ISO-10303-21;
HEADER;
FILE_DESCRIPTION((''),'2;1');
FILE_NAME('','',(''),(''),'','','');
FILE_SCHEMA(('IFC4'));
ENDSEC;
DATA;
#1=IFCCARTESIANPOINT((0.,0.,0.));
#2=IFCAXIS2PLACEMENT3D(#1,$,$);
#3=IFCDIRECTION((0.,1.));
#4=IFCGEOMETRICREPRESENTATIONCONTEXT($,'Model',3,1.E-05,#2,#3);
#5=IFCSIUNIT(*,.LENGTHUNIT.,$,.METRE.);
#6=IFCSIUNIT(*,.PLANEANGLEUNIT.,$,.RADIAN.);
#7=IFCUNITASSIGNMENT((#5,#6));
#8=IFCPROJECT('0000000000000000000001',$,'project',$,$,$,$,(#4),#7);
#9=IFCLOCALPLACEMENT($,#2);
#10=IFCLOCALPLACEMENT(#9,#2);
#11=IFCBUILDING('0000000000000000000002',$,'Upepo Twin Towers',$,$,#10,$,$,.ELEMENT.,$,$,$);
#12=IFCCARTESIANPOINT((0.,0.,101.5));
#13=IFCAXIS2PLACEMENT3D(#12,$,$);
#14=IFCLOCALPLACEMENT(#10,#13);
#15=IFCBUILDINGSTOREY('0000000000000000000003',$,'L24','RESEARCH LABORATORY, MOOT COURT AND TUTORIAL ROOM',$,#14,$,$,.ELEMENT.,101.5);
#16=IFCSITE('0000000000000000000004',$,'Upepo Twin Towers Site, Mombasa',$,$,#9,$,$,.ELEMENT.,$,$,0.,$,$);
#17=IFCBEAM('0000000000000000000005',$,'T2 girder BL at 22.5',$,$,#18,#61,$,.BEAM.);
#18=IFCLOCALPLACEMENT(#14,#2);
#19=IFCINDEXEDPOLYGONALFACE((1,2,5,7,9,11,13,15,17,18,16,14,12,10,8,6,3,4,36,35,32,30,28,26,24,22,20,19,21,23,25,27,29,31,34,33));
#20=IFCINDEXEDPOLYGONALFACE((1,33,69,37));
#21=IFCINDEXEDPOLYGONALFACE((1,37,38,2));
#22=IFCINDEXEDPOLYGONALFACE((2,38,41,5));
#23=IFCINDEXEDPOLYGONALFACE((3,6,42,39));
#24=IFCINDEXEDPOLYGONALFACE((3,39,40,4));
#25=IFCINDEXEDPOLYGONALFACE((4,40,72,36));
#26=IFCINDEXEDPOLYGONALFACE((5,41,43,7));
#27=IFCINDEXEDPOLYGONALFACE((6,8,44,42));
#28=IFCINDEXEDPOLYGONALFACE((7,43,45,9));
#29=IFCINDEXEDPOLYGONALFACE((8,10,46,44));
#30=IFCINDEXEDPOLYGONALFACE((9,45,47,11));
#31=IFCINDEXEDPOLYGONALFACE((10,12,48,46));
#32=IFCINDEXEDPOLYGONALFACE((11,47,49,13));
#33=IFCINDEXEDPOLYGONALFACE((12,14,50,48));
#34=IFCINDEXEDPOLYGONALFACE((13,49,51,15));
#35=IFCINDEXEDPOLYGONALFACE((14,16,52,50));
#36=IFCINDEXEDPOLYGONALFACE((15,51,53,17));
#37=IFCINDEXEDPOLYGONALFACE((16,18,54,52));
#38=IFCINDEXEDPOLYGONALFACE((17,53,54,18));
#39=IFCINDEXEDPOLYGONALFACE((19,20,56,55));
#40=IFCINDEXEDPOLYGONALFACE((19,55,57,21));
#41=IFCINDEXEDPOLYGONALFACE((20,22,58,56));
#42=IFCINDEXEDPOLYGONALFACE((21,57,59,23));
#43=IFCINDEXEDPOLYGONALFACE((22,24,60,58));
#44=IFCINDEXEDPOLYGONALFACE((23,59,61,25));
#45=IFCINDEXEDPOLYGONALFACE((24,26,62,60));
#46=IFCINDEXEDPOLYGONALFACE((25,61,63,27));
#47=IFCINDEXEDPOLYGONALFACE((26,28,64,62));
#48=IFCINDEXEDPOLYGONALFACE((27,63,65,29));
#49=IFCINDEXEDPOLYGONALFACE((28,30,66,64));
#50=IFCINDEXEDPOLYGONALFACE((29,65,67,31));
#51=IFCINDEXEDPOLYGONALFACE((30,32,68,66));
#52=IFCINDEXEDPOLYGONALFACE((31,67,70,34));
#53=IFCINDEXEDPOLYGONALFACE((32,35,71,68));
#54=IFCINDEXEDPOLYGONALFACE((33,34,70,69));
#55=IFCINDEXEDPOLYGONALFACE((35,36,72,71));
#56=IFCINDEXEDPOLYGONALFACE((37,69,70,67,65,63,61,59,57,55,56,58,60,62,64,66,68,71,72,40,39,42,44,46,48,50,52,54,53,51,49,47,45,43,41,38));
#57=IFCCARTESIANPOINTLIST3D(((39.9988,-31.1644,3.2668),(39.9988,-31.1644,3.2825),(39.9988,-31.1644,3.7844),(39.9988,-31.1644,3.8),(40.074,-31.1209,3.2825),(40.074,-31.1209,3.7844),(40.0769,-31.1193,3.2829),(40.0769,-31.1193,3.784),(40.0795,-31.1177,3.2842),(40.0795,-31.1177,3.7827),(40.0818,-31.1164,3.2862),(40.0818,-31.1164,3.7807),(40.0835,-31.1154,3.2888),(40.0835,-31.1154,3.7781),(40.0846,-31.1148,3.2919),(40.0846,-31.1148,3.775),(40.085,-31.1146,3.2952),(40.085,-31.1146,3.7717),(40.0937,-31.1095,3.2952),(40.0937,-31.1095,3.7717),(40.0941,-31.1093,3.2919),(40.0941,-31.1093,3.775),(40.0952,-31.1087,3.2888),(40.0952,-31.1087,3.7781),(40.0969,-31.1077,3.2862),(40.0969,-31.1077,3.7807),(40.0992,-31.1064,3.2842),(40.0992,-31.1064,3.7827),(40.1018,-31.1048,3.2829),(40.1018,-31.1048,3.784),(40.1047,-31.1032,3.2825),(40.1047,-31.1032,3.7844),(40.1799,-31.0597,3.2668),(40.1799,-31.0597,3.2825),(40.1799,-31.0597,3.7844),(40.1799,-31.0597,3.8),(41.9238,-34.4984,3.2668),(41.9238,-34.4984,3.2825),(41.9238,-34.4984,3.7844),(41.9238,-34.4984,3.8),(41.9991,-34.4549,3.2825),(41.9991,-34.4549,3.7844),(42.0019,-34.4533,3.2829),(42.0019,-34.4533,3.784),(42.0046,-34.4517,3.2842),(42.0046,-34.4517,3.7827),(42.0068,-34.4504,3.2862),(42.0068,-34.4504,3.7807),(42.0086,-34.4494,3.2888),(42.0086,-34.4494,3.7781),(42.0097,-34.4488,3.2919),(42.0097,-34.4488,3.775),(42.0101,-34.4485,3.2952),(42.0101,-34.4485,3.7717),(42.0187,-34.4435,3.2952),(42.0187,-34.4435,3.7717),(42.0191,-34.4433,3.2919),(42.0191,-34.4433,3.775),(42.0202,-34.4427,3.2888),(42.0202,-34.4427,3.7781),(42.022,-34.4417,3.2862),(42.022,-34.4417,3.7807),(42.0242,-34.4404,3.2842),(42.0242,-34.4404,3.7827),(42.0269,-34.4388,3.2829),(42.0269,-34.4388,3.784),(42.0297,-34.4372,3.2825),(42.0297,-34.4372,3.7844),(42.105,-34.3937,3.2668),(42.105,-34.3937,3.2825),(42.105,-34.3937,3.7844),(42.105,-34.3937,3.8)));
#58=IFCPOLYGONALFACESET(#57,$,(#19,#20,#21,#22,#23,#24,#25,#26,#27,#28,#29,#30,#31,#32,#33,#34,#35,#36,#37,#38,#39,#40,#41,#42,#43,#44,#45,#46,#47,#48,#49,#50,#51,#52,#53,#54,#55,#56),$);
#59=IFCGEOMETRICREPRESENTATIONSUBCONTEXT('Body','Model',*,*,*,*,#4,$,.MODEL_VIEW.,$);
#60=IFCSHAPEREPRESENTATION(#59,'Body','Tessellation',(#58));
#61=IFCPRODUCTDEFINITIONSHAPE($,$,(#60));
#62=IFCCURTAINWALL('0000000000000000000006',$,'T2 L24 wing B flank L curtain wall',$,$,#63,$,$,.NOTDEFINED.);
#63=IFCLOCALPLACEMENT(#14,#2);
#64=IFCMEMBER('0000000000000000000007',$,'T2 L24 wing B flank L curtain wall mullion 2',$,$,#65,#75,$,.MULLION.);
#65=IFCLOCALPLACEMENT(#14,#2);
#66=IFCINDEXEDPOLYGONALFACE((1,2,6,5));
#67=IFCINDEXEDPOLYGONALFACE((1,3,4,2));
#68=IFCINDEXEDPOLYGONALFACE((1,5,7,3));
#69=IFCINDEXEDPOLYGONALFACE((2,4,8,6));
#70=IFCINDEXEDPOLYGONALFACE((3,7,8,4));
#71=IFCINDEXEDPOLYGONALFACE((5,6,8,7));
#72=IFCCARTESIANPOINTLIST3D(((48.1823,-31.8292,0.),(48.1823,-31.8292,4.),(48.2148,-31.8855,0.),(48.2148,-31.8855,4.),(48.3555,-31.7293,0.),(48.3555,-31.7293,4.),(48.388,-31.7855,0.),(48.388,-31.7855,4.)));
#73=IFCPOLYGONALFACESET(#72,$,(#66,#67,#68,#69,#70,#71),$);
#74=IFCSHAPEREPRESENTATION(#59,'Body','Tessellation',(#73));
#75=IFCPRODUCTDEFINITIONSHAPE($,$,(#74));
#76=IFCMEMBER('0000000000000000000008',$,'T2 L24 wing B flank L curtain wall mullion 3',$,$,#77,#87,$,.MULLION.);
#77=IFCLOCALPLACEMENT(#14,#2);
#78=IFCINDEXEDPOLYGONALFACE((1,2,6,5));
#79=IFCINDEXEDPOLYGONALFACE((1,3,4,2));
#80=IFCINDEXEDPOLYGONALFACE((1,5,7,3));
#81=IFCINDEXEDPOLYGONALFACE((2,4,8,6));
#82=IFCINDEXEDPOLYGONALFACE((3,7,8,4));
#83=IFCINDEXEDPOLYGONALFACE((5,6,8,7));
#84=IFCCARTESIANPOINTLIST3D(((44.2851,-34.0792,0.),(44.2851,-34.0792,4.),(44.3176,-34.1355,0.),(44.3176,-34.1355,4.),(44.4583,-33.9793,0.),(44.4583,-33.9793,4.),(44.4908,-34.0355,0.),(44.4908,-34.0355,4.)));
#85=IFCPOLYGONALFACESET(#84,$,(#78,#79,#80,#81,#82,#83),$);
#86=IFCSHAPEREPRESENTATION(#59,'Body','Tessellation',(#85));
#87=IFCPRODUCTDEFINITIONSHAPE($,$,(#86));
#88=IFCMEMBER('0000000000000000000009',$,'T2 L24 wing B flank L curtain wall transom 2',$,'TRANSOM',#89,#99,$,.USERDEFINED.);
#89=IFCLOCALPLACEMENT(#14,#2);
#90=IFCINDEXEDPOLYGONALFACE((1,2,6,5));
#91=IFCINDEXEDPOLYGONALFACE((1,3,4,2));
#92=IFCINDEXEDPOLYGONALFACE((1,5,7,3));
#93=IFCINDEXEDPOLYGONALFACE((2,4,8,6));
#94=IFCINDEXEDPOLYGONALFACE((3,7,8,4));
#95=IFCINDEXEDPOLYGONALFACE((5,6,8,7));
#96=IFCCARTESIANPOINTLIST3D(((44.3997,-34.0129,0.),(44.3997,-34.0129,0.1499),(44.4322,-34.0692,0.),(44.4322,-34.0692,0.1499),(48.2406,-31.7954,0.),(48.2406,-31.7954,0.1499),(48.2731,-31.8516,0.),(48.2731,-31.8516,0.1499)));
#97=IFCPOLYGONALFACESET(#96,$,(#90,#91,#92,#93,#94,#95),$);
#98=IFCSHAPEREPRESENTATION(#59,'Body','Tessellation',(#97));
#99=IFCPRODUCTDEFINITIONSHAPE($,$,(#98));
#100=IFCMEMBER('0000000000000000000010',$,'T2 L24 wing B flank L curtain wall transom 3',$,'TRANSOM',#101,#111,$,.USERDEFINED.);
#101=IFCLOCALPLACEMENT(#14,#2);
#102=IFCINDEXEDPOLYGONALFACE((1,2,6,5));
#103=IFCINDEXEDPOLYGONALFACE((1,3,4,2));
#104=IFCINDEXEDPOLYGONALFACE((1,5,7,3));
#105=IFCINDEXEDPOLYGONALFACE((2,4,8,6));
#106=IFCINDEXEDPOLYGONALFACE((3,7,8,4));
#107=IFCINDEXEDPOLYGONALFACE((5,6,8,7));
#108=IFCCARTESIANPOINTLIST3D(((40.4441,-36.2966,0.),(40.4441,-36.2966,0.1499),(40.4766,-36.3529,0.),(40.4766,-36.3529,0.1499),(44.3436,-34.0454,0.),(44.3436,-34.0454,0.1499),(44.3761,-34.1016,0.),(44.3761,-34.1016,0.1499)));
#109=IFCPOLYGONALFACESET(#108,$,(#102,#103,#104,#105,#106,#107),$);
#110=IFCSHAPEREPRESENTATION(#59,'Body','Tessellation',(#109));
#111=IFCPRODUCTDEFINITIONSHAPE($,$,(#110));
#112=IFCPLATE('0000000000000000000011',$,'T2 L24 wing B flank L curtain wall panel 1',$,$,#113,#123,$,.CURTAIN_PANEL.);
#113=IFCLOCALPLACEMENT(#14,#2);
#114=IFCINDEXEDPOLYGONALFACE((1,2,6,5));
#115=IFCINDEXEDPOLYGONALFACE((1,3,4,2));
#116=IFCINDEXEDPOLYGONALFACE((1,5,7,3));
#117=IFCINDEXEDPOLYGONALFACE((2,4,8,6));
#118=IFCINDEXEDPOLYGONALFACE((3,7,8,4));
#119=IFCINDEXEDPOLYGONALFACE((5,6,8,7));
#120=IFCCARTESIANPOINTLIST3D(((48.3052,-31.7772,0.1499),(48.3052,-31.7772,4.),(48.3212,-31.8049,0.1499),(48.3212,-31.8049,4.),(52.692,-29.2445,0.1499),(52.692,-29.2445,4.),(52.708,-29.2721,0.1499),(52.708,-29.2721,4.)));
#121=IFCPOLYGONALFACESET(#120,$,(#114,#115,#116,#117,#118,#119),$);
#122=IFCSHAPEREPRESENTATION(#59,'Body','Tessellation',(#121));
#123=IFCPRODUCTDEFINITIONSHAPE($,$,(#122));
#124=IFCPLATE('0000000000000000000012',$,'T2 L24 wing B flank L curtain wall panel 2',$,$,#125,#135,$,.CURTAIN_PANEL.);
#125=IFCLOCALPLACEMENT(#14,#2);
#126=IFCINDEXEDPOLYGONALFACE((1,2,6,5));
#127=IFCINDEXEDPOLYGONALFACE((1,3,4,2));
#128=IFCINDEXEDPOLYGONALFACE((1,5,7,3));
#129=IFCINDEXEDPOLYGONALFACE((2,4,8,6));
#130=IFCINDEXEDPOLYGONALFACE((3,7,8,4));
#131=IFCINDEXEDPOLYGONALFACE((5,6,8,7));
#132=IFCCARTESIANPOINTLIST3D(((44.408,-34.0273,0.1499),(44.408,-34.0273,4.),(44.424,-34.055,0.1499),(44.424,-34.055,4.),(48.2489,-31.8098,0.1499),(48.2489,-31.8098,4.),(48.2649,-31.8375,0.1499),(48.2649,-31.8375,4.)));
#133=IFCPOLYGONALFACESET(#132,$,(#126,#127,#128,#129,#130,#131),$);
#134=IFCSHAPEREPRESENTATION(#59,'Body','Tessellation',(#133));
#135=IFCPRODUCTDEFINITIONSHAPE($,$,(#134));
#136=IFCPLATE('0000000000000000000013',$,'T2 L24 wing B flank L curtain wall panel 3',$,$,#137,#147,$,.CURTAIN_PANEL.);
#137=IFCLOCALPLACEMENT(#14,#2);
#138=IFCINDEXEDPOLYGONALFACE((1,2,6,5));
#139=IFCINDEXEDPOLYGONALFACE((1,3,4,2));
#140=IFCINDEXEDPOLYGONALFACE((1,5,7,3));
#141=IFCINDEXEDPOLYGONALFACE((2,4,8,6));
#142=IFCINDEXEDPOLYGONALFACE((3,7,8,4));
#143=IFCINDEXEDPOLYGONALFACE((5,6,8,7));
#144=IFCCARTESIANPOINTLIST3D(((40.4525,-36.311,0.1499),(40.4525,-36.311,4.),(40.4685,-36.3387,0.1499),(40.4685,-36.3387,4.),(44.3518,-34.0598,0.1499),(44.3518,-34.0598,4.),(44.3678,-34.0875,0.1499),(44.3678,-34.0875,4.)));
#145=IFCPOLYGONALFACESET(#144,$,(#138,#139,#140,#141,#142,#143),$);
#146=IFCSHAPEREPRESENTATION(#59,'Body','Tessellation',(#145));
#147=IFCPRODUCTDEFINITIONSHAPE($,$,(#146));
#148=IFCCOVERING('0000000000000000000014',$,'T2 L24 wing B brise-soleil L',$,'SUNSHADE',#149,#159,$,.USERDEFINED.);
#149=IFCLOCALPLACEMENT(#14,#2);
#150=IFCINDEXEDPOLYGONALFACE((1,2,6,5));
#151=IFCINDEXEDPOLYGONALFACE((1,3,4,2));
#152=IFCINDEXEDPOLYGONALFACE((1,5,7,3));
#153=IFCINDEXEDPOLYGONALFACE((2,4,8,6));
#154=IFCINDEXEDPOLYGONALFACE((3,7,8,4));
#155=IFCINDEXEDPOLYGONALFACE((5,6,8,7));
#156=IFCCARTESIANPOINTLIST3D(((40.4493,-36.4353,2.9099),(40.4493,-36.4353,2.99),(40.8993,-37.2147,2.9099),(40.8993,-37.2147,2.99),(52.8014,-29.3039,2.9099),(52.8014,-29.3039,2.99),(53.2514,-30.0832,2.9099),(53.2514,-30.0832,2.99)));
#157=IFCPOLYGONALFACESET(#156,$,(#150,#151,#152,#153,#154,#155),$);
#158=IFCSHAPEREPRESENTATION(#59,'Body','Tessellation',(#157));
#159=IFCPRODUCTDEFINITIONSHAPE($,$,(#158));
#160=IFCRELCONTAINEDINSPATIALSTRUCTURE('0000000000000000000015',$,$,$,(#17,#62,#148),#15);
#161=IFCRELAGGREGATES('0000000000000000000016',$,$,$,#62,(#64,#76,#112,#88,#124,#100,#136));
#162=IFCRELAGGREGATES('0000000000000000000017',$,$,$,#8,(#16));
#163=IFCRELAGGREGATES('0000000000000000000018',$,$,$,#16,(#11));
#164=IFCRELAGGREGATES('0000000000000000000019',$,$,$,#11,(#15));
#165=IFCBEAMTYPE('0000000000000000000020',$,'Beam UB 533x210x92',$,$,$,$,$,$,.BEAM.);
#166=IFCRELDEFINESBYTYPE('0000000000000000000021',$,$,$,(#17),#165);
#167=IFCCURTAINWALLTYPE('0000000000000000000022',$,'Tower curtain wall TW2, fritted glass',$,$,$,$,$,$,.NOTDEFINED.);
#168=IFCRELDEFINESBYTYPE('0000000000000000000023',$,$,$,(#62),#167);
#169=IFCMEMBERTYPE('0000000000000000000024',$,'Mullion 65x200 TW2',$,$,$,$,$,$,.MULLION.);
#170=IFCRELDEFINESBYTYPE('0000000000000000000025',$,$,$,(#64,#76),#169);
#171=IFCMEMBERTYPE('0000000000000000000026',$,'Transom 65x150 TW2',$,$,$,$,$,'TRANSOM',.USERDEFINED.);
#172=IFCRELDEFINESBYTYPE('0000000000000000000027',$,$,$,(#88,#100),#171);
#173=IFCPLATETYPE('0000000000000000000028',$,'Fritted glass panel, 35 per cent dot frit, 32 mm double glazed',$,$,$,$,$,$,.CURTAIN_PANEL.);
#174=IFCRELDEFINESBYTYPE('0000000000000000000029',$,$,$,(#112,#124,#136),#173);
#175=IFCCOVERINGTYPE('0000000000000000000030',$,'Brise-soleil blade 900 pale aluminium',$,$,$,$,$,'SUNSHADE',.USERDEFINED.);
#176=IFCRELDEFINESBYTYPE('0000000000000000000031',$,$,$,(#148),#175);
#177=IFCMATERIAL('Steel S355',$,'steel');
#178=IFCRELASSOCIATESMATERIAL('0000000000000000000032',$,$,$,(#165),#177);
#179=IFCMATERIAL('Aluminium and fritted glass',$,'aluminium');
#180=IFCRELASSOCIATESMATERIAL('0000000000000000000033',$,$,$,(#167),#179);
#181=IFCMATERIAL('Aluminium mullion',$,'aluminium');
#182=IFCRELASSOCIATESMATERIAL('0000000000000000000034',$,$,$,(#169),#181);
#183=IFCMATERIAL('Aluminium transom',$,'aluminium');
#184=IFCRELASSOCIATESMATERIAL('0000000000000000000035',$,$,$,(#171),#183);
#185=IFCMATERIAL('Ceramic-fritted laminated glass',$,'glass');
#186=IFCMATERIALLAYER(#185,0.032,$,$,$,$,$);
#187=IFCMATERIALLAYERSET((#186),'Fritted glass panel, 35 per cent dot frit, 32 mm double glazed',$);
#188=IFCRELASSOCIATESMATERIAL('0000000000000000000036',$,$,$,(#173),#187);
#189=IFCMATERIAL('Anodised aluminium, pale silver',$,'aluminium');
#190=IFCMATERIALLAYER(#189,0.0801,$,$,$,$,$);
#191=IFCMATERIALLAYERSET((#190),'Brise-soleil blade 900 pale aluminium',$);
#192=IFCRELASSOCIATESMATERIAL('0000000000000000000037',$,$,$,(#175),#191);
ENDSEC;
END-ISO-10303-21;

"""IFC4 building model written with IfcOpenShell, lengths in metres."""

from ifc_helpers import new_model, si_unit, direction, frame, origin, origin_2d, place, context, subcontext, project, spatial, rectangle, i_section, extrude, material, layer, layer_set, material_profile, profile_set, type_object, element, aggregate, save


model = new_model("IFC4")

# Units and contexts
model_context = context("Model", 3, precision=1e-05, world=origin(), true_north=direction((0.0, 1.0)))
body_context = subcontext(model_context, "Body", "Model", "MODEL_VIEW")
ifc_project = project(units=[si_unit("LENGTHUNIT", "METRE"), si_unit("PLANEANGLEUNIT", "RADIAN")], contexts=[model_context])

# Site, building, storey
site_placement = place(None, origin())
site = spatial("IfcSite", under=ifc_project, at=site_placement, Name="Upepo Twin Towers Site, Mombasa", CompositionType="ELEMENT", RefElevation=0.0)
building_placement = place(site_placement, origin())
building = spatial("IfcBuilding", under=site, at=building_placement, Name="Upepo Twin Towers", CompositionType="ELEMENT")
storey_placement = place(building_placement, frame((0.0, 0.0, 101.5)))
storey = spatial("IfcBuildingStorey", under=building, at=storey_placement, Name="L24", Description="RESEARCH LABORATORY, MOOT COURT AND TUTORIAL ROOM", CompositionType="ELEMENT", Elevation=101.5)

# Beam
ifc_material_1 = material(Name="Steel S355", Category="steel")
ifc_material_profile_1 = material_profile(ifc_material_1, i_section(OverallWidth=0.2092, OverallDepth=0.5332, WebThickness=0.01, FlangeThickness=0.0156, FilletRadius=0.0127, at=origin_2d()), Name="UB 533x210x92")
ifc_profile_set_1 = profile_set([ifc_material_profile_1], Name="Steel S355")
beam_type_1 = type_object("IfcBeamType", Name="Beam UB 533x210x92", PredefinedType="BEAM", material=ifc_profile_set_1)
for number, where, z_axis, x_axis, name in (
    (1, (42.0144, -34.446, 3.5334), (-0.500034, 0.866006, 0.0), (-0.866006, -0.500034, 0.0), "T2 girder BL at 22.5"),
):
    element("IfcBeam", number, at=place(storey_placement, frame(where, z_axis=z_axis, x_axis=x_axis)), inside=storey, type_object=beam_type_1, Name=name, PredefinedType="BEAM", context=body_context, shape_type="SweptSolid", body=[
        extrude(i_section(OverallWidth=0.2092, OverallDepth=0.5332, WebThickness=0.01, FlangeThickness=0.0156, FilletRadius=0.0127, at=origin_2d()), origin(), (0.0, 0.0, 1.0), 3.8499),
    ])

# Curtain wall, members, plates
ifc_material_2 = material(Name="Aluminium and fritted glass", Category="aluminium")
curtain_wall_type = type_object("IfcCurtainWallType", Name="Tower curtain wall TW2, fritted glass", PredefinedType="NOTDEFINED", material=ifc_material_2)
curtain_wall_placement = place(storey_placement, origin())
curtain_wall = element("IfcCurtainWall", 2, at=curtain_wall_placement, inside=storey, type_object=curtain_wall_type, Name="T2 L24 wing B flank L curtain wall", PredefinedType="NOTDEFINED")
ifc_material_3 = material(Name="Aluminium mullion", Category="aluminium")
ifc_material_profile_2 = material_profile(ifc_material_3, rectangle(XDim=0.0649, YDim=0.2, at=origin_2d()), Name="MULLION 65x200")
ifc_profile_set_2 = profile_set([ifc_material_profile_2], Name="Aluminium mullion")
member_type_1 = type_object("IfcMemberType", Name="Mullion 65x200 TW2", PredefinedType="MULLION", material=ifc_profile_set_2)
member_1_placement = place(storey_placement, frame((48.2852, -31.8074, 0.0), z_axis=(0.0, 0.0, 1.0), x_axis=(0.5, -0.866025, 0.0)))
member_1 = element("IfcMember", 3, at=member_1_placement, type_object=member_type_1, Name="T2 L24 wing B flank L curtain wall mullion 2", PredefinedType="MULLION", context=body_context, shape_type="SweptSolid", body=[
    extrude(rectangle(XDim=0.0649, YDim=0.2, at=origin_2d()), origin(), (0.0, 0.0, 1.0), 4.0),
])
member_2_placement = place(storey_placement, frame((44.3879, -34.0574, 0.0), z_axis=(0.0, 0.0, 1.0), x_axis=(0.5, -0.866025, 0.0)))
member_2 = element("IfcMember", 4, at=member_2_placement, type_object=member_type_1, Name="T2 L24 wing B flank L curtain wall mullion 3", PredefinedType="MULLION", context=body_context, shape_type="SweptSolid", body=[
    extrude(rectangle(XDim=0.0649, YDim=0.2, at=origin_2d()), origin(), (0.0, 0.0, 1.0), 4.0),
])
ifc_material_4 = material(Name="Aluminium transom", Category="aluminium")
ifc_material_profile_3 = material_profile(ifc_material_4, rectangle(XDim=0.0649, YDim=0.1499, at=origin_2d()), Name="TRANSOM 65x150")
ifc_profile_set_3 = profile_set([ifc_material_profile_3], Name="Aluminium transom")
member_type_2 = type_object("IfcMemberType", Name="Transom 65x150 TW2", ElementType="TRANSOM", PredefinedType="USERDEFINED", material=ifc_profile_set_3)
member_3_placement = place(storey_placement, frame((48.2568, -31.8235, 0.075), z_axis=(-0.866022, -0.500005, 0.0), x_axis=(0.500005, -0.866022, 0.0)))
member_3 = element("IfcMember", 5, at=member_3_placement, type_object=member_type_2, Name="T2 L24 wing B flank L curtain wall transom 2", ObjectType="TRANSOM", PredefinedType="USERDEFINED", context=body_context, shape_type="SweptSolid", body=[
    extrude(rectangle(XDim=0.0649, YDim=0.1499, at=origin_2d()), origin(), (0.0, 0.0, 1.0), 4.4351),
])
member_4_placement = place(storey_placement, frame((44.3599, -34.0735, 0.075), z_axis=(-0.866036, -0.499982, 0.0), x_axis=(0.499982, -0.866036, 0.0)))
member_4 = element("IfcMember", 6, at=member_4_placement, type_object=member_type_2, Name="T2 L24 wing B flank L curtain wall transom 3", ObjectType="TRANSOM", PredefinedType="USERDEFINED", context=body_context, shape_type="SweptSolid", body=[
    extrude(rectangle(XDim=0.0649, YDim=0.1499, at=origin_2d()), origin(), (0.0, 0.0, 1.0), 4.5027),
])
ifc_material_5 = material(Name="Ceramic-fritted laminated glass", Category="glass")
ifc_layer_1 = layer(ifc_material_5, 0.032)
ifc_layer_set_1 = layer_set([ifc_layer_1], Name="Fritted glass panel, 35 per cent dot frit, 32 mm double glazed")
plate_type = type_object("IfcPlateType", Name="Fritted glass panel, 35 per cent dot frit, 32 mm double glazed", PredefinedType="CURTAIN_PANEL", material=ifc_layer_set_1)
plate_1_placement = place(storey_placement, frame((50.5066, -30.5247, 0.1499), z_axis=(0.0, 0.0, 1.0), x_axis=(-0.866025, -0.5, 0.0)))
plate_1 = element("IfcPlate", 7, at=plate_1_placement, type_object=plate_type, Name="T2 L24 wing B flank L curtain wall panel 1", PredefinedType="CURTAIN_PANEL", context=body_context, shape_type="SweptSolid", body=[
    extrude(rectangle(XDim=5.0654, YDim=0.032, at=origin_2d()), origin(), (0.0, 0.0, 1.0), 3.8501),
])
plate_2_placement = place(storey_placement, frame((46.3364, -32.9324, 0.1499), z_axis=(0.0, 0.0, 1.0), x_axis=(-0.866025, -0.5, 0.0)))
plate_2 = element("IfcPlate", 8, at=plate_2_placement, type_object=plate_type, Name="T2 L24 wing B flank L curtain wall panel 2", PredefinedType="CURTAIN_PANEL", context=body_context, shape_type="SweptSolid", body=[
    extrude(rectangle(XDim=4.4351, YDim=0.032, at=origin_2d()), origin(), (0.0, 0.0, 1.0), 3.8501),
])
plate_3_placement = place(storey_placement, frame((42.4102, -35.1992, 0.1499), z_axis=(0.0, 0.0, 1.0), x_axis=(-0.866025, -0.5, 0.0)))
plate_3 = element("IfcPlate", 9, at=plate_3_placement, type_object=plate_type, Name="T2 L24 wing B flank L curtain wall panel 3", PredefinedType="CURTAIN_PANEL", context=body_context, shape_type="SweptSolid", body=[
    extrude(rectangle(XDim=4.5024, YDim=0.032, at=origin_2d()), origin(), (0.0, 0.0, 1.0), 3.8501),
])
aggregate(curtain_wall, [member_1, member_2, plate_1, member_3, plate_2, member_4, plate_3])

# Covering
ifc_material_6 = material(Name="Anodised aluminium, pale silver", Category="aluminium")
ifc_layer_2 = layer(ifc_material_6, 0.0801)
ifc_layer_set_2 = layer_set([ifc_layer_2], Name="Brise-soleil blade 900 pale aluminium")
covering_type = type_object("IfcCoveringType", Name="Brise-soleil blade 900 pale aluminium", ElementType="SUNSHADE", PredefinedType="USERDEFINED", material=ifc_layer_set_2)
covering_placement = place(storey_placement, frame((46.8503, -33.2593, 2.9099), z_axis=(0.0, 0.0, 1.0), x_axis=(-0.866025, -0.5, 0.0)))
element("IfcCovering", 10, at=covering_placement, inside=storey, type_object=covering_type, Name="T2 L24 wing B brise-soleil L", ObjectType="SUNSHADE", PredefinedType="USERDEFINED", context=body_context, shape_type="SweptSolid", body=[
    extrude(rectangle(XDim=14.2629, YDim=0.8999, at=origin_2d()), origin(), (0.0, 0.0, 1.0), 0.0801),
])

save(model, "model.ifc")
